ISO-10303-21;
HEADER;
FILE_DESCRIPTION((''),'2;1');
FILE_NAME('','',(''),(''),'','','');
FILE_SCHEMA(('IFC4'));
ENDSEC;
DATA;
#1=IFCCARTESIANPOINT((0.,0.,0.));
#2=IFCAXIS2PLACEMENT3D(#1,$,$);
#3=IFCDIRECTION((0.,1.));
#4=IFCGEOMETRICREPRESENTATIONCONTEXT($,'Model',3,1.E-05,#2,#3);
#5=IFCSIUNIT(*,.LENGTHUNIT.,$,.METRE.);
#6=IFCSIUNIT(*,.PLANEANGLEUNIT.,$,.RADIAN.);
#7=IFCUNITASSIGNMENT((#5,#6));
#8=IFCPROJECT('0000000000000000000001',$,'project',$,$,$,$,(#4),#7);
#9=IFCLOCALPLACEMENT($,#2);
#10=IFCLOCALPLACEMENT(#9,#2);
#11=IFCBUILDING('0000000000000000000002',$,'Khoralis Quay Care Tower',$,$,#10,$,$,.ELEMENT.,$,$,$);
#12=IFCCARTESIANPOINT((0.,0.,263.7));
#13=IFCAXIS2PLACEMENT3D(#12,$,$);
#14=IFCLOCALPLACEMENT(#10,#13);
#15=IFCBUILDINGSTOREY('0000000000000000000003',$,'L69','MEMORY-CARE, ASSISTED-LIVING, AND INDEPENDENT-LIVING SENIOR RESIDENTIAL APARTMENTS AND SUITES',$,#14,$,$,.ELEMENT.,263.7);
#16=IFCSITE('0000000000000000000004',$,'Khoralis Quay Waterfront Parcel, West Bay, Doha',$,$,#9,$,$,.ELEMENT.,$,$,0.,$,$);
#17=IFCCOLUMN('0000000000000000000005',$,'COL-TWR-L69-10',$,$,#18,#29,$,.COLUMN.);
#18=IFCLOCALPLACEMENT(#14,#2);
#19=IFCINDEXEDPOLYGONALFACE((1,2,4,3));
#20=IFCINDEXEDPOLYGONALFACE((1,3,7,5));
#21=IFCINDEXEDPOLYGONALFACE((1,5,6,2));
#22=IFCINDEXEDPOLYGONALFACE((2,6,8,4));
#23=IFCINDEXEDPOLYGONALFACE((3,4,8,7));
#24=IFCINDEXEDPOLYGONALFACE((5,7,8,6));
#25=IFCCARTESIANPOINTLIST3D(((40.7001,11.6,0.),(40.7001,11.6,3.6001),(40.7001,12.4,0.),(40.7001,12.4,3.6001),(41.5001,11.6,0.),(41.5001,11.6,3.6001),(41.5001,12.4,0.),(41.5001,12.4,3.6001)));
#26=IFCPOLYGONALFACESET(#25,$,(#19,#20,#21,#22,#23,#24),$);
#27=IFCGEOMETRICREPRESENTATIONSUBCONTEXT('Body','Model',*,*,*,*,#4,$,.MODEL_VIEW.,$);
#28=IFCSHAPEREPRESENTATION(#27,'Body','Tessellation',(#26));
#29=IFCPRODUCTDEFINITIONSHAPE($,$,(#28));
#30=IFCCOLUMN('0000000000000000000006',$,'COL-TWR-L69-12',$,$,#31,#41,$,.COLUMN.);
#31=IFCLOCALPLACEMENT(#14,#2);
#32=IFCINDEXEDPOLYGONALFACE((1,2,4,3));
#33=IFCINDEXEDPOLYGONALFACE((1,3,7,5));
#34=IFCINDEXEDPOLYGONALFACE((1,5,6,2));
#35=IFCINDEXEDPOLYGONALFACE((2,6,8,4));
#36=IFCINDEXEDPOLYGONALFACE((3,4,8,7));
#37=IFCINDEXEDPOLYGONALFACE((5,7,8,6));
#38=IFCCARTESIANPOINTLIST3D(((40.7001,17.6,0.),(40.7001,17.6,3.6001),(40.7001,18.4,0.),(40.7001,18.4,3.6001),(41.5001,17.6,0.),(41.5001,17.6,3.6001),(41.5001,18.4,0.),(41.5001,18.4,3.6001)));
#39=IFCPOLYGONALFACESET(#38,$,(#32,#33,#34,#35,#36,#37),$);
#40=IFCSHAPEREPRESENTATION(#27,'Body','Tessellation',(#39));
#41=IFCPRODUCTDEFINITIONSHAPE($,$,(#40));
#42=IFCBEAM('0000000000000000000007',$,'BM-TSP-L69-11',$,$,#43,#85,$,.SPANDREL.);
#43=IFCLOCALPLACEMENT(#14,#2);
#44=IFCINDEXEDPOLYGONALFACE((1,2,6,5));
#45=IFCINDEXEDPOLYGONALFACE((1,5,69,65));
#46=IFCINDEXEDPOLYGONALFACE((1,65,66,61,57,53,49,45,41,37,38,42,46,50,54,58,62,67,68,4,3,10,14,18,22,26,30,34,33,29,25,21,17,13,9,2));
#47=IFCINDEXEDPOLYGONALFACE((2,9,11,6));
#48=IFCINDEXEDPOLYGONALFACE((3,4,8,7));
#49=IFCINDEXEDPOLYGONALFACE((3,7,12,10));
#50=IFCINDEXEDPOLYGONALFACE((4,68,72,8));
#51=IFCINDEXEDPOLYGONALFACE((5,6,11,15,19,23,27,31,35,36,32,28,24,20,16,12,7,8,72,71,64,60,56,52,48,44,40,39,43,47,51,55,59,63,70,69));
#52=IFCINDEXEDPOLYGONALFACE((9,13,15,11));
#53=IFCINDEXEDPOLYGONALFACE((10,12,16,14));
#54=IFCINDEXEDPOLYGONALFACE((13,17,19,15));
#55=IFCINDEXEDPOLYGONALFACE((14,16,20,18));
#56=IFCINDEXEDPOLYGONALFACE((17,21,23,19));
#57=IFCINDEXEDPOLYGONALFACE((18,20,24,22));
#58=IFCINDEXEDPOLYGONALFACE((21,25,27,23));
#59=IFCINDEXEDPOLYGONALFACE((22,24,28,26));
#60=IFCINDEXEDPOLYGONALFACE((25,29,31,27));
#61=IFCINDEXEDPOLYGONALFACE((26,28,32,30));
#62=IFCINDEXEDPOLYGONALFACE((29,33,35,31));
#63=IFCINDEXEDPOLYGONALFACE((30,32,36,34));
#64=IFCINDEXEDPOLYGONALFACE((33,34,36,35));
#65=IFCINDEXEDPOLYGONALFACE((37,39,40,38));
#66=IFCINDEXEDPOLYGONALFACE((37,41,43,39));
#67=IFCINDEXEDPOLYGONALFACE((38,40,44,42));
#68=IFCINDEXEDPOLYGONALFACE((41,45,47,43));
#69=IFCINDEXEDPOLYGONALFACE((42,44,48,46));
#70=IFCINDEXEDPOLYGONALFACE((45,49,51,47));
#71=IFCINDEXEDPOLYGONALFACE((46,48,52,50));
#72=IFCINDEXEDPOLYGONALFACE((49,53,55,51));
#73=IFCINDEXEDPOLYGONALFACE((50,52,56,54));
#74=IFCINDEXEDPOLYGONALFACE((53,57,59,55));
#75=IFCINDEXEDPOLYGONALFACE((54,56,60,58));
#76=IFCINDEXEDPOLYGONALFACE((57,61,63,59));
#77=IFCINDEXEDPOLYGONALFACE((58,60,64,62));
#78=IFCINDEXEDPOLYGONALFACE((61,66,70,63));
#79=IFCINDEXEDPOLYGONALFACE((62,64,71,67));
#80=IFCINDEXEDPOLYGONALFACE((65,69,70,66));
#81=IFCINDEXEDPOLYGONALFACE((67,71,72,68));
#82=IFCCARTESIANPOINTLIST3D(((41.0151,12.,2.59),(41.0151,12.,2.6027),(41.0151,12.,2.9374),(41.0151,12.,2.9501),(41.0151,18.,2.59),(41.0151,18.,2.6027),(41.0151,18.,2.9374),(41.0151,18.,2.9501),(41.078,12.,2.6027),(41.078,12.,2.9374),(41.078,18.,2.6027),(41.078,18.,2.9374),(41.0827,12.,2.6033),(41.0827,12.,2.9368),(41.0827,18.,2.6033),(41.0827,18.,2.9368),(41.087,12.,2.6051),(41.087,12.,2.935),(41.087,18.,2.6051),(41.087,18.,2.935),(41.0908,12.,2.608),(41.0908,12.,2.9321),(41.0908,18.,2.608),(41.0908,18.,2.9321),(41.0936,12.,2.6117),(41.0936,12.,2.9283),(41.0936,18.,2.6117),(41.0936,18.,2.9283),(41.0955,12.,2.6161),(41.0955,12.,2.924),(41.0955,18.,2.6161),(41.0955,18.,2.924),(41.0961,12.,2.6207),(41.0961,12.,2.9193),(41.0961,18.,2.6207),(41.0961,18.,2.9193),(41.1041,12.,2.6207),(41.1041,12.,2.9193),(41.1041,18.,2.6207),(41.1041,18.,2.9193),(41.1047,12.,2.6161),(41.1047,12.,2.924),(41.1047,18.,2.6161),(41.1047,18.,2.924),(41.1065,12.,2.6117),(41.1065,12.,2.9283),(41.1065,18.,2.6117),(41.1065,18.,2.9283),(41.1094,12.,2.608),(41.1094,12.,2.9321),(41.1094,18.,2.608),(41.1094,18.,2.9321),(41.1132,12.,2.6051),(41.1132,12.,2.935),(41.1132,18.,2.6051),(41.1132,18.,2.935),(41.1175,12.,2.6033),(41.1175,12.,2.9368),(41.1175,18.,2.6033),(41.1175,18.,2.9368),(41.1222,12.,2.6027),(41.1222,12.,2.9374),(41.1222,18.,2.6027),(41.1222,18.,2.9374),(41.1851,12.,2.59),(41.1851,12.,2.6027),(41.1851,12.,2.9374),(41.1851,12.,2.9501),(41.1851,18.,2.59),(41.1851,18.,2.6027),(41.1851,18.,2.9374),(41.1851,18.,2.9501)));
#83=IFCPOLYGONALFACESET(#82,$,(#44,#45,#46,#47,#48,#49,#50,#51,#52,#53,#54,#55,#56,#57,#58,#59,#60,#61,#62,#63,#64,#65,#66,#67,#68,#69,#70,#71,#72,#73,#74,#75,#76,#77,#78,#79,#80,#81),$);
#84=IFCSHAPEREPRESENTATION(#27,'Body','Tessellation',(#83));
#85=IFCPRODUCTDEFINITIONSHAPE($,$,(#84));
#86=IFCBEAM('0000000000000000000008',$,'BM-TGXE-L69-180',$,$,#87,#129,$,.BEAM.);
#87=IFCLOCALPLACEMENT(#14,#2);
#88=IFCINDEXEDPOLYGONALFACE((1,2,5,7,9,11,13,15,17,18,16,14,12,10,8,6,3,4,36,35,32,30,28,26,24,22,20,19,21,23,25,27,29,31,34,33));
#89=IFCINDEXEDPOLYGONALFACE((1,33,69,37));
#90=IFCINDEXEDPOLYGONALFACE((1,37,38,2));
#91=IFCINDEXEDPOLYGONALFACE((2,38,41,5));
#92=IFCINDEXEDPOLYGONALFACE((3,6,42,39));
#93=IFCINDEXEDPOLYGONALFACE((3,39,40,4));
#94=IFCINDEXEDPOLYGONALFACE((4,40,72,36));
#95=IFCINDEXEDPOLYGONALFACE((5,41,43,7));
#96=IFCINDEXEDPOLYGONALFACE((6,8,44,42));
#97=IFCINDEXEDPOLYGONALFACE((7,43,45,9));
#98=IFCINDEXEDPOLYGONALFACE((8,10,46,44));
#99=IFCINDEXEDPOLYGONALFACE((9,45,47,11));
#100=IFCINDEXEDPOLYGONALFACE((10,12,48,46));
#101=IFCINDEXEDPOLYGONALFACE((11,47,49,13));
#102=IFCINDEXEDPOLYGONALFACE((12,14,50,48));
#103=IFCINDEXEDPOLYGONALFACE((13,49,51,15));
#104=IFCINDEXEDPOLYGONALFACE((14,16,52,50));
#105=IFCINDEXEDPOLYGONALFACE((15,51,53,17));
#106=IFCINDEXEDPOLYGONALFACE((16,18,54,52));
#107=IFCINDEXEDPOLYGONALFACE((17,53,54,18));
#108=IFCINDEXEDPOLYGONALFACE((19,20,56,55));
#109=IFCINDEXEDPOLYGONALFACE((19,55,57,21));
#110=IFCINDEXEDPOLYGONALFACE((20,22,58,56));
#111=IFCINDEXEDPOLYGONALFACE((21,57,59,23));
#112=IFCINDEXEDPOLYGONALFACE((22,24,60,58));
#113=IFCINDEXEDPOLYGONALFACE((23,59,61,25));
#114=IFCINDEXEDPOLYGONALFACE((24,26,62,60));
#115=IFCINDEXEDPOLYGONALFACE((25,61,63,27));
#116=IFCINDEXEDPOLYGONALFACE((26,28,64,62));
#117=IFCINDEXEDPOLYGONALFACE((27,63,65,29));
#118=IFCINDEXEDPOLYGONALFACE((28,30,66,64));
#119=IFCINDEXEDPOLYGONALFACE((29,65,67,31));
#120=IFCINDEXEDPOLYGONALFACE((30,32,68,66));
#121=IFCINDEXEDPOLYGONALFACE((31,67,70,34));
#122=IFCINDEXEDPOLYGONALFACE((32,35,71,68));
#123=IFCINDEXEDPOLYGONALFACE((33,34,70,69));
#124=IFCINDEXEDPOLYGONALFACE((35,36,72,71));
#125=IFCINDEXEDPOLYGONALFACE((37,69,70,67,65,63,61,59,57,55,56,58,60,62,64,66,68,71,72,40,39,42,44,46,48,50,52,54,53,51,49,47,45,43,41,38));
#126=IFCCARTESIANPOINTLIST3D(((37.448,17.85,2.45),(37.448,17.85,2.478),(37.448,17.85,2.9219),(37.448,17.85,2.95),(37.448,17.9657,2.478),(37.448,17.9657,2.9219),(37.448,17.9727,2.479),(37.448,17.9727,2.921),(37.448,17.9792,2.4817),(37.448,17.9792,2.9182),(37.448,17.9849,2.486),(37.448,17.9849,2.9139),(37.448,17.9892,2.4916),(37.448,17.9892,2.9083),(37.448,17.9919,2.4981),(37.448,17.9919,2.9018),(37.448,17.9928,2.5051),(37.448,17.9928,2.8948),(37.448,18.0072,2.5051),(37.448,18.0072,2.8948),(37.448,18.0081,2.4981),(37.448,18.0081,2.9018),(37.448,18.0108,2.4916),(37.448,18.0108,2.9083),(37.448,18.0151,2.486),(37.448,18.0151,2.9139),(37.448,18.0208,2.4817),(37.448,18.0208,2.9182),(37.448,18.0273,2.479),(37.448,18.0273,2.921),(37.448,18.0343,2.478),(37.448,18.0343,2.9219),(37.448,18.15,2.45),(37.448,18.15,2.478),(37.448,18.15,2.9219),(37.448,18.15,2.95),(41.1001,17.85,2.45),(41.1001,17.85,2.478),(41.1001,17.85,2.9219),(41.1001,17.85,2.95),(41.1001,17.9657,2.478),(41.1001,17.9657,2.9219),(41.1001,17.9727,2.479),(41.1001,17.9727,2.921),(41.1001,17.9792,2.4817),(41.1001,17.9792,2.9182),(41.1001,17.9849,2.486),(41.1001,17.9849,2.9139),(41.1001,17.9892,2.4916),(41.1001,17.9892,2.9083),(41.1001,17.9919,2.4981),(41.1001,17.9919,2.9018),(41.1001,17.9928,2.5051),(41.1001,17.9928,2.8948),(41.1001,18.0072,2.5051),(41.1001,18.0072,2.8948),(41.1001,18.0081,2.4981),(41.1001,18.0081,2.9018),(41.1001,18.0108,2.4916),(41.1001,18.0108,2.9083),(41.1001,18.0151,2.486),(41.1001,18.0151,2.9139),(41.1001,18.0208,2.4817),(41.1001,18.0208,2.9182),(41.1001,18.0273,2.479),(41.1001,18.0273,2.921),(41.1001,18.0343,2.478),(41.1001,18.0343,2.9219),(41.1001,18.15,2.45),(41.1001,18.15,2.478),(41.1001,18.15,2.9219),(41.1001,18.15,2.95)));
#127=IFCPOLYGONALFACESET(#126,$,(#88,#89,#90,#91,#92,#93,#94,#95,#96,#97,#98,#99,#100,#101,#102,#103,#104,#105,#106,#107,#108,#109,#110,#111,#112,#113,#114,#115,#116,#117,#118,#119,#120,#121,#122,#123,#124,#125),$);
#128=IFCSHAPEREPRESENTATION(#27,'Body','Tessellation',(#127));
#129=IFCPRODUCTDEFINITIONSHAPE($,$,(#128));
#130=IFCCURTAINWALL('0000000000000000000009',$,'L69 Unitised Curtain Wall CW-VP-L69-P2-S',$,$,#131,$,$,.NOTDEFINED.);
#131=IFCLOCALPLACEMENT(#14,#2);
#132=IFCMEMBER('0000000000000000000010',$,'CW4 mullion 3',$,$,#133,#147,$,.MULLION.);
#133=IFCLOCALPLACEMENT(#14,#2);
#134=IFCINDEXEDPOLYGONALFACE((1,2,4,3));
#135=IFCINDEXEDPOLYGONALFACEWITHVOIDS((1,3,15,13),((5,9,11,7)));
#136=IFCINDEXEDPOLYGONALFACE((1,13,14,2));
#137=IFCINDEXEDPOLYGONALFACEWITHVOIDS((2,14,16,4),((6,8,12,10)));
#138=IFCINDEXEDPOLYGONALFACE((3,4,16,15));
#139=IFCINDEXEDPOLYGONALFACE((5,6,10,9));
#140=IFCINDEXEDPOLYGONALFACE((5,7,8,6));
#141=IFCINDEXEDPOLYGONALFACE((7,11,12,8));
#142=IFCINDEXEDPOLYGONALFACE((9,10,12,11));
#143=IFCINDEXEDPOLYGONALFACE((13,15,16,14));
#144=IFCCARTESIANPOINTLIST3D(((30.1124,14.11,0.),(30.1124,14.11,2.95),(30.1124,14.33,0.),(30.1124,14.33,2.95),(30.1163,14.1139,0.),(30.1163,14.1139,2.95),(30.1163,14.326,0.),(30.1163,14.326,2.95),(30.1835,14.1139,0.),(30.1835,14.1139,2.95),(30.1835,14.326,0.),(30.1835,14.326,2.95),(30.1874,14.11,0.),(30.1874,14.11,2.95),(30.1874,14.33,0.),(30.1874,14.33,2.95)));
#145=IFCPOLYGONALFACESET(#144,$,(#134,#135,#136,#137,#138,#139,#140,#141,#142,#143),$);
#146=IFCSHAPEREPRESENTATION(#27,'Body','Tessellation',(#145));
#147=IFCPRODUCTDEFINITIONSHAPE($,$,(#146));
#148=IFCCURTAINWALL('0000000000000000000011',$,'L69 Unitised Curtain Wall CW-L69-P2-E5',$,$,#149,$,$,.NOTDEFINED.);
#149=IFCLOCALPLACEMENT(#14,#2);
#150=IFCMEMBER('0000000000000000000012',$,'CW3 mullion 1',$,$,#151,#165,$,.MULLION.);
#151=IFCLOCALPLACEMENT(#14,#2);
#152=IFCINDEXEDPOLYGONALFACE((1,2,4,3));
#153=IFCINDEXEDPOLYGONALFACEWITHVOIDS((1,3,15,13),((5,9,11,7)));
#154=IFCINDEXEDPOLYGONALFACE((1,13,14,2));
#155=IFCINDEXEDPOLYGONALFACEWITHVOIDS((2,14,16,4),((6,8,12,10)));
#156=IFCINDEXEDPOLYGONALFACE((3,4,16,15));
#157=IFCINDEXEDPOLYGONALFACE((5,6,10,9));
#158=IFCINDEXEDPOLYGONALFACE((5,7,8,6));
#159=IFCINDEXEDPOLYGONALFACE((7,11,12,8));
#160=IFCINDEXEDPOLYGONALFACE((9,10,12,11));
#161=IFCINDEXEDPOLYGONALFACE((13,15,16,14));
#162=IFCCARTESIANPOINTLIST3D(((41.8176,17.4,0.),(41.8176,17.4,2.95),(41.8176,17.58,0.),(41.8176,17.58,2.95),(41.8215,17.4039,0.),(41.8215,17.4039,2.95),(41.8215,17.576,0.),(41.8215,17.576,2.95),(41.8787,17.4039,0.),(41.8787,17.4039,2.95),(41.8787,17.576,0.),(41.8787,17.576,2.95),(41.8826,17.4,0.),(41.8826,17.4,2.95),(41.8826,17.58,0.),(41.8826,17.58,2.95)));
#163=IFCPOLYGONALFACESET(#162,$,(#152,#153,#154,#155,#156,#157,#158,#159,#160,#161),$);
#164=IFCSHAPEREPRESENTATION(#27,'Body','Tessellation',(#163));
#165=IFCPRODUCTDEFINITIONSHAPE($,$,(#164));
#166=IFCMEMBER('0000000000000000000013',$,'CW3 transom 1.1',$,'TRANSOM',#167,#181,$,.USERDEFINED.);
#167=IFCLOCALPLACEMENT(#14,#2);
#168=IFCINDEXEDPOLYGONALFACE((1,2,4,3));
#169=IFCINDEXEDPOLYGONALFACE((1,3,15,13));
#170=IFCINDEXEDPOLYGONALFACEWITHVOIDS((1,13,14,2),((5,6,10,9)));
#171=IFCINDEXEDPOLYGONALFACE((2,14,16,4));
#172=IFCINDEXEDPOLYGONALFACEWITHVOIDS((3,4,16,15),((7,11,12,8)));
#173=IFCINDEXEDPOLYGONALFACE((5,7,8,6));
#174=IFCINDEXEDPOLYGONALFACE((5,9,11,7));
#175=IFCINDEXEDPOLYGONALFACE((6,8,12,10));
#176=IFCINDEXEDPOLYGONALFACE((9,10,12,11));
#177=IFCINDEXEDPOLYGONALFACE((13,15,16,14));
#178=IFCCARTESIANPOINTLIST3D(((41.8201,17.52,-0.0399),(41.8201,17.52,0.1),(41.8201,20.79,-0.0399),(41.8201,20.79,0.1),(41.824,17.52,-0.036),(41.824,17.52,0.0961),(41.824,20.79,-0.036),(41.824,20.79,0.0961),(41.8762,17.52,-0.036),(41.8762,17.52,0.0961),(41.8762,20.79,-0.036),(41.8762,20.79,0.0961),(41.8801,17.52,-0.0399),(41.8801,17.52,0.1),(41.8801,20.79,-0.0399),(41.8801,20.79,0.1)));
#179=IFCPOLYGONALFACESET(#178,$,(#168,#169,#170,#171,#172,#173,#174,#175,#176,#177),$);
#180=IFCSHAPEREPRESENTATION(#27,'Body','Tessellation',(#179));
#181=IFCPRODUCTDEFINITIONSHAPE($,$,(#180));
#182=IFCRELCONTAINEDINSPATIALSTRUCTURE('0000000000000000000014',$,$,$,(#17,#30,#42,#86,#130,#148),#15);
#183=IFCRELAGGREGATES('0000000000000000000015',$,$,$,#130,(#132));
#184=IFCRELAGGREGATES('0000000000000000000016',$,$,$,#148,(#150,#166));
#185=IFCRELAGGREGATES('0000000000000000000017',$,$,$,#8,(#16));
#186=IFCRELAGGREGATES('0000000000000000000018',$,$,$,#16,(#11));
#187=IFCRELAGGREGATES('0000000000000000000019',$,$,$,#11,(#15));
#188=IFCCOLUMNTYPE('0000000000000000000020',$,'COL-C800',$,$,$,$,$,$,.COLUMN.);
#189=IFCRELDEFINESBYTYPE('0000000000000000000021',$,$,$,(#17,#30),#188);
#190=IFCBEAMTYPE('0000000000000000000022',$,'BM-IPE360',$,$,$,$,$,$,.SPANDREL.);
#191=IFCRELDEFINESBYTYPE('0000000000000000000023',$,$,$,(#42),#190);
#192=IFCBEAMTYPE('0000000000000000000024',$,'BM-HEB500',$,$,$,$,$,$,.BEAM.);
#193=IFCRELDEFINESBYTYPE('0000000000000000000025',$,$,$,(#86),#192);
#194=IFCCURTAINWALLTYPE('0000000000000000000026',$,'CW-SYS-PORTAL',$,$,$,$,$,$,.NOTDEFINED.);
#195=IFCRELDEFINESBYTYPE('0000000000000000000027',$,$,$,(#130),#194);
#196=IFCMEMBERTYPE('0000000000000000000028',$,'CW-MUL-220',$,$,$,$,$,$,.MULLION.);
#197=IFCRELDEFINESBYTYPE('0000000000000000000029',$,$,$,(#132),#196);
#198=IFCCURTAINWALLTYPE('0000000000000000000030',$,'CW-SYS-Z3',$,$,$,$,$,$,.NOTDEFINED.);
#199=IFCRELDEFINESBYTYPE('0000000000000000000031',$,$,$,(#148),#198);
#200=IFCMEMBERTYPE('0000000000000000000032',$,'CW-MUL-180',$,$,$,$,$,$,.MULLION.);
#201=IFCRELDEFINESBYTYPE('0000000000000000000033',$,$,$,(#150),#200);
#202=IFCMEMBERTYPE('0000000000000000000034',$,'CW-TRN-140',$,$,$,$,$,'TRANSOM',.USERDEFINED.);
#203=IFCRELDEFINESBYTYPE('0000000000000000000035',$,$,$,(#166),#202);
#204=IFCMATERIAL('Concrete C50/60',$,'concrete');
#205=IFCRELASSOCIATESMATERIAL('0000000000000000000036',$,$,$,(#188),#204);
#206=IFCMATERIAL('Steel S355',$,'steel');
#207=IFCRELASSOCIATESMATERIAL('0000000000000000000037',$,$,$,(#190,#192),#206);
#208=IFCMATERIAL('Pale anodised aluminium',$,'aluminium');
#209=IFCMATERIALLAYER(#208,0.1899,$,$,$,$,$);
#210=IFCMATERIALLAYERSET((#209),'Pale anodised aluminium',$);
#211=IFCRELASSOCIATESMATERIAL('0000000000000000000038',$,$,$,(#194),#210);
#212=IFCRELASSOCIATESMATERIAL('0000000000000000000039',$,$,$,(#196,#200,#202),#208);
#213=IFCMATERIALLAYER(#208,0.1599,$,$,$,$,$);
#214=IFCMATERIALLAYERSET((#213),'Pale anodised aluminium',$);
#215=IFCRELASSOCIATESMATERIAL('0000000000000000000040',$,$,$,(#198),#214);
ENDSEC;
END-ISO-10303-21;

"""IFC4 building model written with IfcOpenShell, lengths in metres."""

from ifc_helpers import new_model, si_unit, direction, frame, origin, origin_2d, place, context, subcontext, project, spatial, rectangle, hollow_rectangle, i_section, extrude, source, transform, mapped, material, layer, layer_set, material_profile, profile_set, type_object, element, aggregate, save


model = new_model("IFC4")

# Units and contexts
model_context = context("Model", 3, precision=1e-05, world=origin(), true_north=direction((0.0, 1.0)))
body_context = subcontext(model_context, "Body", "Model", "MODEL_VIEW")
ifc_project = project(units=[si_unit("LENGTHUNIT", "METRE"), si_unit("PLANEANGLEUNIT", "RADIAN")], contexts=[model_context])

# Site, building, storey
site_placement = place(None, origin())
site = spatial("IfcSite", under=ifc_project, at=site_placement, Name="Khoralis Quay Waterfront Parcel, West Bay, Doha", CompositionType="ELEMENT", RefElevation=0.0)
building_placement = place(site_placement, origin())
building = spatial("IfcBuilding", under=site, at=building_placement, Name="Khoralis Quay Care Tower", CompositionType="ELEMENT")
storey_placement = place(building_placement, frame((0.0, 0.0, 263.7)))
storey = spatial("IfcBuildingStorey", under=building, at=storey_placement, Name="L69", Description="MEMORY-CARE, ASSISTED-LIVING, AND INDEPENDENT-LIVING SENIOR RESIDENTIAL APARTMENTS AND SUITES", CompositionType="ELEMENT", Elevation=263.7)

# Columns
ifc_material_1 = material(Name="Concrete C50/60", Category="concrete")
ifc_material_profile_1 = material_profile(ifc_material_1, rectangle(XDim=0.8, YDim=0.8, at=origin_2d()), Name="Concrete C50/60")
ifc_profile_set_1 = profile_set([ifc_material_profile_1], Name="Concrete C50/60")
column_type = type_object("IfcColumnType", Name="COL-C800", PredefinedType="COLUMN", material=ifc_profile_set_1)
shared_shape_1 = source(origin(), body_context, "Body", "SweptSolid", [
    extrude(rectangle(XDim=0.8, YDim=0.8, at=origin_2d()), origin(), (0.0, 0.0, 1.0), 3.6001),
])
for number, where, z_axis, x_axis, name in (
    (1, (41.1001, 12.0, 0.0), (0.0, 0.0, 1.0), (1.0, 0.0, 0.0), "COL-TWR-L69-10"),
    (2, (41.1001, 18.0, 0.0), (0.0, 0.0, 1.0), (1.0, 0.0, 0.0), "COL-TWR-L69-12"),
):
    element("IfcColumn", number, at=place(storey_placement, frame(where, z_axis=z_axis, x_axis=x_axis)), inside=storey, type_object=column_type, Name=name, PredefinedType="COLUMN", context=body_context, shape_type="MappedRepresentation", body=[
        mapped(shared_shape_1, transform((0.0, 0.0, 0.0), scale=1.0)),
    ])

# Beams
ifc_material_2 = material(Name="Steel S355", Category="steel")
ifc_material_profile_2 = material_profile(ifc_material_2, i_section(OverallWidth=0.1699, OverallDepth=0.3601, WebThickness=0.0081, FlangeThickness=0.0127, FilletRadius=0.0181, at=origin_2d()), Name="Steel S355")
ifc_profile_set_2 = profile_set([ifc_material_profile_2], Name="Steel S355")
beam_type_1 = type_object("IfcBeamType", Name="BM-IPE360", PredefinedType="SPANDREL", material=ifc_profile_set_2)
shared_shape_2 = source(origin(), body_context, "Body", "SweptSolid", [
    extrude(i_section(OverallWidth=0.1699, OverallDepth=0.3601, WebThickness=0.0081, FlangeThickness=0.0127, FilletRadius=0.0181, at=origin_2d()), origin(), (0.0, 0.0, 1.0), 6.0),
])
beam_1_placement = place(storey_placement, frame((41.1001, 12.0, 2.77), z_axis=(0.0, 1.0, 0.0), x_axis=(-1.0, 0.0, 0.0)))
element("IfcBeam", 3, at=beam_1_placement, inside=storey, type_object=beam_type_1, Name="BM-TSP-L69-11", PredefinedType="SPANDREL", context=body_context, shape_type="MappedRepresentation", body=[
    mapped(shared_shape_2, transform((0.0, 0.0, 0.0), scale=1.0)),
])
ifc_material_profile_3 = material_profile(ifc_material_2, i_section(OverallWidth=0.3, OverallDepth=0.5, WebThickness=0.0144, FlangeThickness=0.0281, FilletRadius=0.0271, at=origin_2d()), Name="Steel S355")
ifc_profile_set_3 = profile_set([ifc_material_profile_3], Name="Steel S355")
beam_type_2 = type_object("IfcBeamType", Name="BM-HEB500", PredefinedType="BEAM", material=ifc_profile_set_3)
shared_shape_3 = source(origin(), body_context, "Body", "SweptSolid", [
    extrude(i_section(OverallWidth=0.3, OverallDepth=0.5, WebThickness=0.0144, FlangeThickness=0.0281, FilletRadius=0.0271, at=origin_2d()), origin(), (0.0, 0.0, 1.0), 3.6521),
])
beam_2_placement = place(storey_placement, frame((37.448, 18.0, 2.7), z_axis=(1.0, 0.0, 0.0), x_axis=(0.0, 1.0, 0.0)))
element("IfcBeam", 4, at=beam_2_placement, inside=storey, type_object=beam_type_2, Name="BM-TGXE-L69-180", PredefinedType="BEAM", context=body_context, shape_type="MappedRepresentation", body=[
    mapped(shared_shape_3, transform((0.0, 0.0, 0.0), scale=1.0)),
])

# Curtain wall, member
ifc_material_3 = material(Name="Pale anodised aluminium", Category="aluminium")
ifc_layer_1 = layer(ifc_material_3, 0.1899)
ifc_layer_set_1 = layer_set([ifc_layer_1], Name="Pale anodised aluminium")
curtain_wall_type_1 = type_object("IfcCurtainWallType", Name="CW-SYS-PORTAL", PredefinedType="NOTDEFINED", material=ifc_layer_set_1)
curtain_wall_1_placement = place(storey_placement, origin())
curtain_wall_1 = element("IfcCurtainWall", 5, at=curtain_wall_1_placement, inside=storey, type_object=curtain_wall_type_1, Name="L69 Unitised Curtain Wall CW-VP-L69-P2-S", PredefinedType="NOTDEFINED")
ifc_material_profile_4 = material_profile(ifc_material_3, hollow_rectangle(XDim=0.075, YDim=0.22, WallThickness=0.0039, at=origin_2d()), Name="Pale anodised aluminium")
ifc_profile_set_4 = profile_set([ifc_material_profile_4], Name="Pale anodised aluminium")
member_type_1 = type_object("IfcMemberType", Name="CW-MUL-220", PredefinedType="MULLION", material=ifc_profile_set_4)
shared_shape_4 = source(origin(), body_context, "Body", "SweptSolid", [
    extrude(hollow_rectangle(XDim=0.075, YDim=0.22, WallThickness=0.0039, at=origin_2d()), origin(), (0.0, 0.0, 1.0), 2.95),
])
member_1_placement = place(storey_placement, frame((30.1499, 14.22, 0.0), z_axis=(0.0, 0.0, 1.0), x_axis=(-1.0, 0.0, 0.0)))
member_1 = element("IfcMember", 6, at=member_1_placement, type_object=member_type_1, Name="CW4 mullion 3", PredefinedType="MULLION", context=body_context, shape_type="MappedRepresentation", body=[
    mapped(shared_shape_4, transform((0.0, 0.0, 0.0), scale=1.0)),
])
aggregate(curtain_wall_1, [member_1])

# Curtain wall, members
ifc_layer_2 = layer(ifc_material_3, 0.1599)
ifc_layer_set_2 = layer_set([ifc_layer_2], Name="Pale anodised aluminium")
curtain_wall_type_2 = type_object("IfcCurtainWallType", Name="CW-SYS-Z3", PredefinedType="NOTDEFINED", material=ifc_layer_set_2)
curtain_wall_2_placement = place(storey_placement, origin())
curtain_wall_2 = element("IfcCurtainWall", 7, at=curtain_wall_2_placement, inside=storey, type_object=curtain_wall_type_2, Name="L69 Unitised Curtain Wall CW-L69-P2-E5", PredefinedType="NOTDEFINED")
ifc_material_profile_5 = material_profile(ifc_material_3, hollow_rectangle(XDim=0.0649, YDim=0.1799, WallThickness=0.0039, at=origin_2d()), Name="Pale anodised aluminium")
ifc_profile_set_5 = profile_set([ifc_material_profile_5], Name="Pale anodised aluminium")
member_type_2 = type_object("IfcMemberType", Name="CW-MUL-180", PredefinedType="MULLION", material=ifc_profile_set_5)
shared_shape_5 = source(origin(), body_context, "Body", "SweptSolid", [
    extrude(hollow_rectangle(XDim=0.0649, YDim=0.1799, WallThickness=0.0039, at=origin_2d()), origin(), (0.0, 0.0, 1.0), 2.95),
])
member_2_placement = place(storey_placement, frame((41.8501, 17.49, 0.0), z_axis=(0.0, 0.0, 1.0), x_axis=(-1.0, 0.0, 0.0)))
member_2 = element("IfcMember", 8, at=member_2_placement, type_object=member_type_2, Name="CW3 mullion 1", PredefinedType="MULLION", context=body_context, shape_type="MappedRepresentation", body=[
    mapped(shared_shape_5, transform((0.0, 0.0, 0.0), scale=1.0)),
])
ifc_material_profile_6 = material_profile(ifc_material_3, hollow_rectangle(XDim=0.0601, YDim=0.1399, WallThickness=0.0039, at=origin_2d()), Name="Pale anodised aluminium")
ifc_profile_set_6 = profile_set([ifc_material_profile_6], Name="Pale anodised aluminium")
member_type_3 = type_object("IfcMemberType", Name="CW-TRN-140", ElementType="TRANSOM", PredefinedType="USERDEFINED", material=ifc_profile_set_6)
shared_shape_6 = source(origin(), body_context, "Body", "SweptSolid", [
    extrude(hollow_rectangle(XDim=0.0601, YDim=0.1399, WallThickness=0.0039, at=origin_2d()), origin(), (0.0, 0.0, 1.0), 3.27),
])
member_3_placement = place(storey_placement, frame((41.8501, 17.52, 0.03), z_axis=(0.0, 1.0, 0.0), x_axis=(-1.0, 0.0, 0.0)))
member_3 = element("IfcMember", 9, at=member_3_placement, type_object=member_type_3, Name="CW3 transom 1.1", ObjectType="TRANSOM", PredefinedType="USERDEFINED", context=body_context, shape_type="MappedRepresentation", body=[
    mapped(shared_shape_6, transform((0.0, 0.0, 0.0), scale=1.0)),
])
aggregate(curtain_wall_2, [member_2, member_3])

save(model, "model.ifc")
